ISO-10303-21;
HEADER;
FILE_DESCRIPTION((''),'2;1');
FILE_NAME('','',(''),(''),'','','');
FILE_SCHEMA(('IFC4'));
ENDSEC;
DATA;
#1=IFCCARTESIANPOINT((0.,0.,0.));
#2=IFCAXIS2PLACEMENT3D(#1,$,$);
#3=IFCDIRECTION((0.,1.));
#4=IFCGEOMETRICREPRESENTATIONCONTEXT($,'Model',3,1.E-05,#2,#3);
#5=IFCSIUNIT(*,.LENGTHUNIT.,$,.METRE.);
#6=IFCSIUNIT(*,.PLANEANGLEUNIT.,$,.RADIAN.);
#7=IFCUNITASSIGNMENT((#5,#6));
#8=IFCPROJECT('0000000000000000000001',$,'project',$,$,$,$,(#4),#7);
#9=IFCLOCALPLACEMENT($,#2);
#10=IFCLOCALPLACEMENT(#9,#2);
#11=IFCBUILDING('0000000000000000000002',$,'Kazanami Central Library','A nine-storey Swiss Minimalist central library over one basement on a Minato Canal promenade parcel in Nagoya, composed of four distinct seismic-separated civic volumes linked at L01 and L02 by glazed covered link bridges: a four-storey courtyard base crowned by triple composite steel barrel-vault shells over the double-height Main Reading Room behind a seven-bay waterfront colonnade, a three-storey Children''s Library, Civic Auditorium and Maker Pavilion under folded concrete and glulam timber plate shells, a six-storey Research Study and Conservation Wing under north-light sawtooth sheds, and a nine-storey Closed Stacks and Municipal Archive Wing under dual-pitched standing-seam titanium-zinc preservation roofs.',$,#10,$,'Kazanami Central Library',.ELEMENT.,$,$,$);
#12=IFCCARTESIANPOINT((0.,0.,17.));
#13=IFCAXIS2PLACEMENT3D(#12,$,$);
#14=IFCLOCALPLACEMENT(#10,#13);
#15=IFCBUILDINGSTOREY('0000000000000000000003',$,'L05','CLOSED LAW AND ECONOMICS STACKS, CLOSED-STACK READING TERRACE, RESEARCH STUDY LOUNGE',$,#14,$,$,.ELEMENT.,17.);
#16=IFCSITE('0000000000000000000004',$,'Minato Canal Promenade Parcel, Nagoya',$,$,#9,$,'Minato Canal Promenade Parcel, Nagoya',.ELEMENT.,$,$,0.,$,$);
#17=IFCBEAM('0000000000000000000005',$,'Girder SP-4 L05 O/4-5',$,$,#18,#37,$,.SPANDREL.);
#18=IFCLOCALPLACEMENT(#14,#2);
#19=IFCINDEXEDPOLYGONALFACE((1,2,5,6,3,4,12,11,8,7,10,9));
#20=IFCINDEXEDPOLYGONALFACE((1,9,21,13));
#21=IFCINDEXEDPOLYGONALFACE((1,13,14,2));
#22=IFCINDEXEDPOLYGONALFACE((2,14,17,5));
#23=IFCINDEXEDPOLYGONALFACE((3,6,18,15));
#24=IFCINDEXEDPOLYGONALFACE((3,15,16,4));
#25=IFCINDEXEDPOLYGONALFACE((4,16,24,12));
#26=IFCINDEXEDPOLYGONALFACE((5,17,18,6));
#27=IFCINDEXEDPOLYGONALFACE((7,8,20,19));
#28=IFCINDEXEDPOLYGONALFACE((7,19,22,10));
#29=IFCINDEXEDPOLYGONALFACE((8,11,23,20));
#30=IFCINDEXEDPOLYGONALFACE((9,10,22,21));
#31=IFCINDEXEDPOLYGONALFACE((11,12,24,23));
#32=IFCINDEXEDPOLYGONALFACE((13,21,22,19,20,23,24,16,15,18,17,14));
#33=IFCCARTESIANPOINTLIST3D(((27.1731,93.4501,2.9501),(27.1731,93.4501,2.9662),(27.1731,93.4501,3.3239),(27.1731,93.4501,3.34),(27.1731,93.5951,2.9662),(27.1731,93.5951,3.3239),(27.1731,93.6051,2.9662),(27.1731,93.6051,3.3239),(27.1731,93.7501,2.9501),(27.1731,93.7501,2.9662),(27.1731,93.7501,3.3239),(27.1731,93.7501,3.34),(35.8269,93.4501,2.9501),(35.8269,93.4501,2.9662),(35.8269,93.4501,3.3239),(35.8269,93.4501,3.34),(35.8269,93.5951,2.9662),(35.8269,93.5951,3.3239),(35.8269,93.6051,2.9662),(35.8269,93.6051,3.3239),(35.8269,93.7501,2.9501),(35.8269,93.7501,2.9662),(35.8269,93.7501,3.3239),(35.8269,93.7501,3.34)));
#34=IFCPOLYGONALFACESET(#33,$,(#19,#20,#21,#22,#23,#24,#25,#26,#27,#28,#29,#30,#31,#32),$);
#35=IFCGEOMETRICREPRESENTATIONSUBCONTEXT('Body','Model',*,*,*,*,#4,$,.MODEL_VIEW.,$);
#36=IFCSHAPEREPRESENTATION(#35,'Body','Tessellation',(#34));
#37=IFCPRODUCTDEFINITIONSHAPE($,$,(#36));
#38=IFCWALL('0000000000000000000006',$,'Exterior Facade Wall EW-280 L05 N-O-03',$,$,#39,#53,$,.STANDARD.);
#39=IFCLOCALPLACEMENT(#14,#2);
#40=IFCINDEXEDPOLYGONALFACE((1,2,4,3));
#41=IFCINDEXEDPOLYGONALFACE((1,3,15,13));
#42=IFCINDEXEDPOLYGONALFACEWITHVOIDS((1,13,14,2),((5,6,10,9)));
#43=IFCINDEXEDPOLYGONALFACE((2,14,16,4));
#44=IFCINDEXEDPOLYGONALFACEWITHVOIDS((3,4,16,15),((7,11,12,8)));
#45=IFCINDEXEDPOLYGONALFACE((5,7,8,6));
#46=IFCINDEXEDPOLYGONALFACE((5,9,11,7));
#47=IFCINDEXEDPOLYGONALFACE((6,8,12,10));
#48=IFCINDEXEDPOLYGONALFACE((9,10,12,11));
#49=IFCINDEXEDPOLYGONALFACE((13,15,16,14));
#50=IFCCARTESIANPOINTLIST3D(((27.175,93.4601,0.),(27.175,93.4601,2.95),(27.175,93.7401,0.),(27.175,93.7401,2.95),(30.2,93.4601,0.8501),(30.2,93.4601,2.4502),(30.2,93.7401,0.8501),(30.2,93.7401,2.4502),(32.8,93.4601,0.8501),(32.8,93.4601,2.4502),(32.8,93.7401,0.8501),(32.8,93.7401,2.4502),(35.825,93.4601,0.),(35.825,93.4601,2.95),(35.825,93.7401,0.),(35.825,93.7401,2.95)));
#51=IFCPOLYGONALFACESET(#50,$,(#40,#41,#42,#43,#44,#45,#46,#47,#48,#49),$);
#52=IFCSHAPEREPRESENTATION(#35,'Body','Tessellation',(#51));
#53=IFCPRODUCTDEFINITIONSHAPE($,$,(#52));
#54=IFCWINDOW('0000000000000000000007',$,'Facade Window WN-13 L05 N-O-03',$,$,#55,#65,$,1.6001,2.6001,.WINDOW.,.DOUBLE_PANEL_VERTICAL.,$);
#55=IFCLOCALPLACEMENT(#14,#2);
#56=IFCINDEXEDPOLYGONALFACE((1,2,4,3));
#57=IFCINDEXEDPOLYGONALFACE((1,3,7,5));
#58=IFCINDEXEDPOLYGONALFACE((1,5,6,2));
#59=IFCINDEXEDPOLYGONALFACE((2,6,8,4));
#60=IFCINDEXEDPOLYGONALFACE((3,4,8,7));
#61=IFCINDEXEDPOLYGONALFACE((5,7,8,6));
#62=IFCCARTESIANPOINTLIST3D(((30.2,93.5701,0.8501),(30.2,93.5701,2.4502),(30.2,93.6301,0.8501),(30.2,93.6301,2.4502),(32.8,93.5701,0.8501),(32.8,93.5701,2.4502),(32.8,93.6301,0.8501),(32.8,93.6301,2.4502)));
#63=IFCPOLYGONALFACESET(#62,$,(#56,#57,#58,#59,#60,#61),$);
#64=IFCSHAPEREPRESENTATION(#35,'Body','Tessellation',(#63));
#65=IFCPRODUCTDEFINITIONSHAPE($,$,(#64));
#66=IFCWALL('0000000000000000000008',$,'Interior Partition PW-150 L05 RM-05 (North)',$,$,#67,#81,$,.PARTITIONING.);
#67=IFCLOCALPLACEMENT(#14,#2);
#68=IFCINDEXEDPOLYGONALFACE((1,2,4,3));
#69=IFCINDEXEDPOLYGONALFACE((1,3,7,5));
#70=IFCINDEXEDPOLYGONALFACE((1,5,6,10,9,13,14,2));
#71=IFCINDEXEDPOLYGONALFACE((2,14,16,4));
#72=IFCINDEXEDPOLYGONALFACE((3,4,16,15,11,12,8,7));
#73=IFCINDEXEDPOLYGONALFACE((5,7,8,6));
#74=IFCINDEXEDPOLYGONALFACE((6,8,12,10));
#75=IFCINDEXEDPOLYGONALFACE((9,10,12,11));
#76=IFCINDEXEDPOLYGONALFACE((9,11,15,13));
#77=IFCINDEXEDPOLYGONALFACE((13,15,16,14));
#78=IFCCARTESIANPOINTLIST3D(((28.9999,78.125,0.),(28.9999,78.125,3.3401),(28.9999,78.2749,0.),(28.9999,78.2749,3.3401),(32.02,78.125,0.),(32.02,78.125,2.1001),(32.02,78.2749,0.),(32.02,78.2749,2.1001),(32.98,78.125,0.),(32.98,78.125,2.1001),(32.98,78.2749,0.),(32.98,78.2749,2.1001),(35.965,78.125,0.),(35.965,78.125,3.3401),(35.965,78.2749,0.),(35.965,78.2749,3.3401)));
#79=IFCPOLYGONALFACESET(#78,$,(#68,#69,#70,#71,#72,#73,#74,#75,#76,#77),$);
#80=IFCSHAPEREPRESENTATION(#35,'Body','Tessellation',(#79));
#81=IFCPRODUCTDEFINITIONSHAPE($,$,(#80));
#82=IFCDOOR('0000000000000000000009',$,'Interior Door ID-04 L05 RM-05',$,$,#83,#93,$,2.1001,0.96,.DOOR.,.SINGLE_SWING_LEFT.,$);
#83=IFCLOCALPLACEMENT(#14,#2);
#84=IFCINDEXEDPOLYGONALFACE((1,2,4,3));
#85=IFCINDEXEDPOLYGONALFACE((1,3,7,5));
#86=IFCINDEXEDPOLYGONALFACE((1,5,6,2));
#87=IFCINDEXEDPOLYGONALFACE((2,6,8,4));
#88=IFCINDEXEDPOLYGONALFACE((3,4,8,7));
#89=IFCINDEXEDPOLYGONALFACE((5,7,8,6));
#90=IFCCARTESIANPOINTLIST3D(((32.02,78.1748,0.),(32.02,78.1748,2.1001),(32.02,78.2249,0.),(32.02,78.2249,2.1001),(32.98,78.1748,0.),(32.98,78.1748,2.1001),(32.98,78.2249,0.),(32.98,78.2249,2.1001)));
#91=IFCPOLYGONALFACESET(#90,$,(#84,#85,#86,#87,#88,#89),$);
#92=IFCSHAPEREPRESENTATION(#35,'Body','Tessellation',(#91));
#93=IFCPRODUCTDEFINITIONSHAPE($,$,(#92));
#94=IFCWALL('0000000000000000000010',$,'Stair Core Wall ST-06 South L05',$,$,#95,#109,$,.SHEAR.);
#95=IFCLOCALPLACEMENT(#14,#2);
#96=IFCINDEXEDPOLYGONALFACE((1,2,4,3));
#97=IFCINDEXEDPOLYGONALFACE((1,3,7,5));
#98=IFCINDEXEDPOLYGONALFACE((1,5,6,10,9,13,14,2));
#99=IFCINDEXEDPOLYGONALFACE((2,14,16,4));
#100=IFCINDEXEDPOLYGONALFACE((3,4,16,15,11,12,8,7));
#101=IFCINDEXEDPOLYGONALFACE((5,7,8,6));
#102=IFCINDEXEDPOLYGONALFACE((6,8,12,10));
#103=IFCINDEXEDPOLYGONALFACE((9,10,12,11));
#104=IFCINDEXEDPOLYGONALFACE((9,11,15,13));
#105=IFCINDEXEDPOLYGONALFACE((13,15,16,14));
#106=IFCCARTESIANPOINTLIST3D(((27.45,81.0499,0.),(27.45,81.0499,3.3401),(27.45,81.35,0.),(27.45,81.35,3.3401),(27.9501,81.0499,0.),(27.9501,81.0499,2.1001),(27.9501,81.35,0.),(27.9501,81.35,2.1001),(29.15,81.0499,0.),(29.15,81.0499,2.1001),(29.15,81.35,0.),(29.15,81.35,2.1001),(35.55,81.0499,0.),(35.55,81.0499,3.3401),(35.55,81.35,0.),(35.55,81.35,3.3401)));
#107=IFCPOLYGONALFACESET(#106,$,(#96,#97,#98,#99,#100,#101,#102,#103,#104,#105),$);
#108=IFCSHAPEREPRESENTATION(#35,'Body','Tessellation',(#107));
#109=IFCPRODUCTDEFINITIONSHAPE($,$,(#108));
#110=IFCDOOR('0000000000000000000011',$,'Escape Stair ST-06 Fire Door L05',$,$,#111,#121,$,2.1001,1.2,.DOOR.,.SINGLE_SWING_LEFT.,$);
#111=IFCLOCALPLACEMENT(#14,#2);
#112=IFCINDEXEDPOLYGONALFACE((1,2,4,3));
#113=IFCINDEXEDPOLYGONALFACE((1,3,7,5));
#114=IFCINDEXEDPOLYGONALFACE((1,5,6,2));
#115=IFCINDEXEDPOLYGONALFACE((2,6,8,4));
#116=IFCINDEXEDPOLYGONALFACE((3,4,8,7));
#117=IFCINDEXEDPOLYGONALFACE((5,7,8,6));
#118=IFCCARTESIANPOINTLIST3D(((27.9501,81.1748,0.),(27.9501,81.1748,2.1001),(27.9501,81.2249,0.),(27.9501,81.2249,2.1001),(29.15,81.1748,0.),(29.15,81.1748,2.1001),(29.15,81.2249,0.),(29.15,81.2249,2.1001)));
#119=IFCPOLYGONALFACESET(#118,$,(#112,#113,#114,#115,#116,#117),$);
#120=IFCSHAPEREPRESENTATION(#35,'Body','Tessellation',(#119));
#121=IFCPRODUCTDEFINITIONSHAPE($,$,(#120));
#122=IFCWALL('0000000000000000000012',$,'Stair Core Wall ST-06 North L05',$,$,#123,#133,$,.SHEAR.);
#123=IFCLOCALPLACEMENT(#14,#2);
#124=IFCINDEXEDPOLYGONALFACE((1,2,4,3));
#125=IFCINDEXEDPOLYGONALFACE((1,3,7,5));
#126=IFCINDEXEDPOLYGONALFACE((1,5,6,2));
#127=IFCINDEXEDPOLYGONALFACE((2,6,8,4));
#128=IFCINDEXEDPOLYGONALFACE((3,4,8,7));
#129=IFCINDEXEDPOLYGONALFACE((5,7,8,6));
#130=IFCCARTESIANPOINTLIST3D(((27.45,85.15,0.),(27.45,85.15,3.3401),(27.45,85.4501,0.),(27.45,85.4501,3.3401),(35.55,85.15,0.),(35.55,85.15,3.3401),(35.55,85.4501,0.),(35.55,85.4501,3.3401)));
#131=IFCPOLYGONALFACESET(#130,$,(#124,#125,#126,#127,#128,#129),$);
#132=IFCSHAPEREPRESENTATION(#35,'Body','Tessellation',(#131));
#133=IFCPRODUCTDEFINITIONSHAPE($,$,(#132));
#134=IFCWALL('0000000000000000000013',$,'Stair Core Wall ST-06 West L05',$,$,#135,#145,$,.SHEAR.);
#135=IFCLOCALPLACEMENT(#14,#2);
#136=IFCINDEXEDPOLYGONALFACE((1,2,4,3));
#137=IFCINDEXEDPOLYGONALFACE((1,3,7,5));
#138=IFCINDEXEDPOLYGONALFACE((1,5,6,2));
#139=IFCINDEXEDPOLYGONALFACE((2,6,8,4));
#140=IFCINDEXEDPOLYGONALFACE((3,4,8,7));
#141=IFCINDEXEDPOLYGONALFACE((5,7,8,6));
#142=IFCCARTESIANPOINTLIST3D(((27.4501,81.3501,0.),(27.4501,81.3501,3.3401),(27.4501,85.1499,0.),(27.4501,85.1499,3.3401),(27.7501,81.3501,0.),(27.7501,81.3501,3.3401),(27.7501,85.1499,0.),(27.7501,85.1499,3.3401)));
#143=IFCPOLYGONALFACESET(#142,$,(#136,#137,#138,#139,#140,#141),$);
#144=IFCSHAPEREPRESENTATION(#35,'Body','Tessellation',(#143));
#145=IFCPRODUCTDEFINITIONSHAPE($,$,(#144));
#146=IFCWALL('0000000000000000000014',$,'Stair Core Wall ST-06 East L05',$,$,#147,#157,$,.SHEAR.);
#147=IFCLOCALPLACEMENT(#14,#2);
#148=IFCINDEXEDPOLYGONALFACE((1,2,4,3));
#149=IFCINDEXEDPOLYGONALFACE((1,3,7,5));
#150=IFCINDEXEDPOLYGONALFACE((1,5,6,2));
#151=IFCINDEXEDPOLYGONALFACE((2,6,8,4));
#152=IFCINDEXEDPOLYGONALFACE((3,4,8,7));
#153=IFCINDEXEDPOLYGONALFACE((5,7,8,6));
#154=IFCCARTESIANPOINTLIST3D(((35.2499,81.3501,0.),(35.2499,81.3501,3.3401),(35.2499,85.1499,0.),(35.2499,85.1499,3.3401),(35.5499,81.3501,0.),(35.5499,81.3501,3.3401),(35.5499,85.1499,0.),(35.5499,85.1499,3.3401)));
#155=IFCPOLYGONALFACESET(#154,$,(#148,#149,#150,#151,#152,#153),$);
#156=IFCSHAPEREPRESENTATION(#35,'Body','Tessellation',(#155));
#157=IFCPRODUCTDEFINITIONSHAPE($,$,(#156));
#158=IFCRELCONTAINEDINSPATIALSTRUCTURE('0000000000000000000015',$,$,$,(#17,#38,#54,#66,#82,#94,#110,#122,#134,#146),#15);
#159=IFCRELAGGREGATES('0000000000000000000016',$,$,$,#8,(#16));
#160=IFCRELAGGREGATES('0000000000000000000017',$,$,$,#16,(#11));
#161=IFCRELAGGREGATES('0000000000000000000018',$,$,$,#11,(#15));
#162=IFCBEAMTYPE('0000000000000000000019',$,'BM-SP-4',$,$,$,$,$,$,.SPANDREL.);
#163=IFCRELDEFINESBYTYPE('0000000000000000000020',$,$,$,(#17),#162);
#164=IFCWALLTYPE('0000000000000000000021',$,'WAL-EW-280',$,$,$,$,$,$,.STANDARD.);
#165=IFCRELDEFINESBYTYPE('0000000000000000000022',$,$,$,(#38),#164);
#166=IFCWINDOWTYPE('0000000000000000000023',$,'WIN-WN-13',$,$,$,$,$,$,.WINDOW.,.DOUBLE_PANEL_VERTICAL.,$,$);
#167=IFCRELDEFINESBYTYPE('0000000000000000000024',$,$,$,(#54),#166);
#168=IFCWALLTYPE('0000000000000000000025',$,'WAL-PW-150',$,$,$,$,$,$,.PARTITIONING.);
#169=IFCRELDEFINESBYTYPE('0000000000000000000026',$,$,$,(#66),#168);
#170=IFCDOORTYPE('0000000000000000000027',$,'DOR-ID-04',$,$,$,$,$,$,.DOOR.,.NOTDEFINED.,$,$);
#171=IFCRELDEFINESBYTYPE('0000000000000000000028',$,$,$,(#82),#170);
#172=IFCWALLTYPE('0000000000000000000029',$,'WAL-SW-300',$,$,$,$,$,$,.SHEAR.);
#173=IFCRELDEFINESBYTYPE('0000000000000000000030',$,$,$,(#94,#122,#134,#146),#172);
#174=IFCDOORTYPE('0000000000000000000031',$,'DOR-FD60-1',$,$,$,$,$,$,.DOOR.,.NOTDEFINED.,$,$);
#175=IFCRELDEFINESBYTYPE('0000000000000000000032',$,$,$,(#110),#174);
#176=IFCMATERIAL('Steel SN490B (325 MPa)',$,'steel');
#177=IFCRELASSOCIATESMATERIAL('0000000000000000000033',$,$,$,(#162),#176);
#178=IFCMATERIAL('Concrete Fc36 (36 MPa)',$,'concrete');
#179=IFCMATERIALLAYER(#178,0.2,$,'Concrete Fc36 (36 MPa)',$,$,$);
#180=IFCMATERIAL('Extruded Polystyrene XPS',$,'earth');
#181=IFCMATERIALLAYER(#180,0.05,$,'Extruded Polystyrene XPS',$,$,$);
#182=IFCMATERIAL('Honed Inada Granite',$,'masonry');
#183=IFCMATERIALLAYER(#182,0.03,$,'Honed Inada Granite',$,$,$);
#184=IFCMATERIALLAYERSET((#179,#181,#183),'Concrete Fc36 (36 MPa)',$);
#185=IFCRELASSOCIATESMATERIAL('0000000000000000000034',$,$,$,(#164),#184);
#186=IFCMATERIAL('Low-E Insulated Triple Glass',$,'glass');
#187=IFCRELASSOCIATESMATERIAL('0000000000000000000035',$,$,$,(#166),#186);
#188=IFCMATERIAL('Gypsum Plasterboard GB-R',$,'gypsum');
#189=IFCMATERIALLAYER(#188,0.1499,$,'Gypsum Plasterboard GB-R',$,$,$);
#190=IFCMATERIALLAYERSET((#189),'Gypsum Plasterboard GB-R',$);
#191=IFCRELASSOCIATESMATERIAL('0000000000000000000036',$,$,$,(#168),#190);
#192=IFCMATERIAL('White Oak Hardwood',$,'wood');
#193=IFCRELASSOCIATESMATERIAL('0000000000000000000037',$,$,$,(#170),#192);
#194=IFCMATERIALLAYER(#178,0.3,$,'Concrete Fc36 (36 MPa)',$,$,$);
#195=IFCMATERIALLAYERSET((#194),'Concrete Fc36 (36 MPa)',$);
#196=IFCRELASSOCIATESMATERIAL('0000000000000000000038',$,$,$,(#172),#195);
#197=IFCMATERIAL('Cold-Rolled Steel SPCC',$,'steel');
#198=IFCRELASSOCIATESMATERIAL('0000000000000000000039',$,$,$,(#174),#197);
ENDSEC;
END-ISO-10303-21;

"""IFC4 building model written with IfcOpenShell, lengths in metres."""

from ifc_helpers import new_model, si_unit, direction, frame, frame_2d, origin, origin_2d, place, context, subcontext, project, spatial, rectangle, i_section, extrude, material, layer, layer_set, material_profile, profile_set, type_object, element, fill, save


model = new_model("IFC4")

# Units and contexts
model_context = context("Model", 3, precision=1e-05, world=origin(), true_north=direction((0.0, 1.0)))
body_context = subcontext(model_context, "Body", "Model", "MODEL_VIEW")
ifc_project = project(units=[si_unit("LENGTHUNIT", "METRE"), si_unit("PLANEANGLEUNIT", "RADIAN")], contexts=[model_context])

# Site, building, storey
site_placement = place(None, origin())
site = spatial("IfcSite", under=ifc_project, at=site_placement, Name="Minato Canal Promenade Parcel, Nagoya", LongName="Minato Canal Promenade Parcel, Nagoya", CompositionType="ELEMENT", RefElevation=0.0)
building_placement = place(site_placement, origin())
building = spatial("IfcBuilding", under=site, at=building_placement, Name="Kazanami Central Library", Description="A nine-storey Swiss Minimalist central library over one basement on a Minato Canal promenade parcel in Nagoya, composed of four distinct seismic-separated civic volumes linked at L01 and L02 by glazed covered link bridges: a four-storey courtyard base crowned by triple composite steel barrel-vault shells over the double-height Main Reading Room behind a seven-bay waterfront colonnade, a three-storey Children's Library, Civic Auditorium and Maker Pavilion under folded concrete and glulam timber plate shells, a six-storey Research Study and Conservation Wing under north-light sawtooth sheds, and a nine-storey Closed Stacks and Municipal Archive Wing under dual-pitched standing-seam titanium-zinc preservation roofs.", LongName="Kazanami Central Library", CompositionType="ELEMENT")
storey_placement = place(building_placement, frame((0.0, 0.0, 17.0)))
storey = spatial("IfcBuildingStorey", under=building, at=storey_placement, Name="L05", Description="CLOSED LAW AND ECONOMICS STACKS, CLOSED-STACK READING TERRACE, RESEARCH STUDY LOUNGE", CompositionType="ELEMENT", Elevation=17.0)

# Beam
ifc_material_1 = material(Name="Steel SN490B (325 MPa)", Category="steel")
ifc_material_profile_1 = material_profile(ifc_material_1, i_section(OverallWidth=0.3, OverallDepth=0.3899, WebThickness=0.01, FlangeThickness=0.0161, at=origin_2d()), Name="H-390x300x10x16")
ifc_profile_set_1 = profile_set([ifc_material_profile_1], Name="Steel SN490B (325 MPa)")
beam_type_1 = type_object("IfcBeamType", Name="BM-SP-4", PredefinedType="SPANDREL", material=ifc_profile_set_1)
beam_1_placement = place(storey_placement, frame((27.1731, 93.6001, 3.145), z_axis=(1.0, 0.0, 0.0), x_axis=(0.0, 1.0, 0.0)))
element("IfcBeam", 1, at=beam_1_placement, inside=storey, type_object=beam_type_1, Name="Girder SP-4 L05 O/4-5", PredefinedType="SPANDREL", context=body_context, shape_type="SweptSolid", body=[
    extrude(i_section(OverallWidth=0.3, OverallDepth=0.3899, WebThickness=0.01, FlangeThickness=0.0161, at=origin_2d()), origin(), (0.0, 0.0, 1.0), 8.6538),
])

# Wall, opening, window
ifc_material_2 = material(Name="Concrete Fc36 (36 MPa)", Category="concrete")
ifc_layer_1 = layer(ifc_material_2, 0.2, Name="Concrete Fc36 (36 MPa)")
ifc_material_3 = material(Name="Extruded Polystyrene XPS", Category="earth")
ifc_layer_2 = layer(ifc_material_3, 0.05, Name="Extruded Polystyrene XPS")
ifc_material_4 = material(Name="Honed Inada Granite", Category="masonry")
ifc_layer_3 = layer(ifc_material_4, 0.03, Name="Honed Inada Granite")
ifc_layer_set_1 = layer_set([ifc_layer_1, ifc_layer_2, ifc_layer_3], Name="Concrete Fc36 (36 MPa)")
wall_type_1 = type_object("IfcWallType", Name="WAL-EW-280", PredefinedType="STANDARD", material=ifc_layer_set_1)
wall_1_placement = place(storey_placement, frame((35.825, 93.6001, 0.0), z_axis=(0.0, 0.0, 1.0), x_axis=(-1.0, 0.0, 0.0)))
wall_1 = element("IfcWall", 2, at=wall_1_placement, inside=storey, type_object=wall_type_1, Name="Exterior Facade Wall EW-280 L05 N-O-03", PredefinedType="STANDARD", context=body_context, shape_type="SweptSolid", body=[
    extrude(rectangle(XDim=8.6499, YDim=0.28, at=frame_2d((4.325, 0.0))), origin(), (0.0, 0.0, 1.0), 2.95),
])
opening_1_placement = place(wall_1_placement, frame((3.0249, 0.0, 0.8501)))
opening_1 = element("IfcOpeningElement", 3, at=opening_1_placement, cuts=wall_1, PredefinedType="OPENING", context=body_context, shape_type="SweptSolid", body=[
    extrude(rectangle(XDim=2.6001, YDim=1.6001, at=frame_2d((1.3, 0.8))), frame((0.0, 0.1519, 0.0), z_axis=(0.0, -1.0, 0.0), x_axis=(1.0, 0.0, 0.0)), (0.0, 0.0, 1.0), 0.304),
])
ifc_material_5 = material(Name="Low-E Insulated Triple Glass", Category="glass")
window_type = type_object("IfcWindowType", Name="WIN-WN-13", PartitioningType="DOUBLE_PANEL_VERTICAL", PredefinedType="WINDOW", material=ifc_material_5)
window_placement = place(opening_1_placement, origin())
window = element("IfcWindow", 4, at=window_placement, inside=storey, type_object=window_type, Name="Facade Window WN-13 L05 N-O-03", OverallHeight=1.6001, OverallWidth=2.6001, PartitioningType="DOUBLE_PANEL_VERTICAL", PredefinedType="WINDOW", context=body_context, shape_type="SweptSolid", body=[
    extrude(rectangle(XDim=2.6001, YDim=1.6001, at=frame_2d((1.3, 0.8))), frame((0.0, 0.03, 0.0), z_axis=(0.0, -1.0, 0.0), x_axis=(1.0, 0.0, 0.0)), (0.0, 0.0, 1.0), 0.0601),
])
fill(opening_1, window)

# Walls, openings, doors
ifc_material_6 = material(Name="Gypsum Plasterboard GB-R", Category="gypsum")
ifc_layer_4 = layer(ifc_material_6, 0.1499, Name="Gypsum Plasterboard GB-R")
ifc_layer_set_2 = layer_set([ifc_layer_4], Name="Gypsum Plasterboard GB-R")
wall_type_2 = type_object("IfcWallType", Name="WAL-PW-150", PredefinedType="PARTITIONING", material=ifc_layer_set_2)
wall_2_placement = place(storey_placement, frame((29.0, 78.2, 0.0), z_axis=(0.0, 0.0, 1.0), x_axis=(1.0, 0.0, 0.0)))
wall_2 = element("IfcWall", 5, at=wall_2_placement, inside=storey, type_object=wall_type_2, Name="Interior Partition PW-150 L05 RM-05 (North)", PredefinedType="PARTITIONING", context=body_context, shape_type="SweptSolid", body=[
    extrude(rectangle(XDim=6.9651, YDim=0.1499, at=frame_2d((3.4824, 0.0))), origin(), (0.0, 0.0, 1.0), 3.3401),
])
opening_2_placement = place(wall_2_placement, frame((3.02, 0.0, 0.0)))
opening_2 = element("IfcOpeningElement", 6, at=opening_2_placement, cuts=wall_2, PredefinedType="OPENING", context=body_context, shape_type="SweptSolid", body=[
    extrude(rectangle(XDim=0.96, YDim=2.1001, at=frame_2d((0.48, 1.05))), frame((0.0, 0.0869, 0.0), z_axis=(0.0, -1.0, 0.0), x_axis=(1.0, 0.0, 0.0)), (0.0, 0.0, 1.0), 0.1738),
])
ifc_material_7 = material(Name="White Oak Hardwood", Category="wood")
door_type_1 = type_object("IfcDoorType", Name="DOR-ID-04", OperationType="NOTDEFINED", PredefinedType="DOOR", material=ifc_material_7)
door_1_placement = place(opening_2_placement, origin())
door_1 = element("IfcDoor", 7, at=door_1_placement, inside=storey, type_object=door_type_1, Name="Interior Door ID-04 L05 RM-05", OperationType="SINGLE_SWING_LEFT", OverallHeight=2.1001, OverallWidth=0.96, PredefinedType="DOOR", context=body_context, shape_type="SweptSolid", body=[
    extrude(rectangle(XDim=0.96, YDim=2.1001, at=frame_2d((0.48, 1.05))), frame((0.0, 0.0249, 0.0), z_axis=(0.0, -1.0, 0.0), x_axis=(1.0, 0.0, 0.0)), (0.0, 0.0, 1.0), 0.05),
])
fill(opening_2, door_1)
ifc_layer_5 = layer(ifc_material_2, 0.3, Name="Concrete Fc36 (36 MPa)")
ifc_layer_set_3 = layer_set([ifc_layer_5], Name="Concrete Fc36 (36 MPa)")
wall_type_3 = type_object("IfcWallType", Name="WAL-SW-300", PredefinedType="SHEAR", material=ifc_layer_set_3)
wall_3_placement = place(storey_placement, frame((27.45, 81.2, 0.0), z_axis=(0.0, 0.0, 1.0), x_axis=(1.0, 0.0, 0.0)))
wall_3 = element("IfcWall", 8, at=wall_3_placement, inside=storey, type_object=wall_type_3, Name="Stair Core Wall ST-06 South L05", PredefinedType="SHEAR", context=body_context, shape_type="SweptSolid", body=[
    extrude(rectangle(XDim=8.1001, YDim=0.3, at=frame_2d((4.05, 0.0))), origin(), (0.0, 0.0, 1.0), 3.3401),
])
opening_3_placement = place(wall_3_placement, frame((0.5, 0.0, 0.0)))
opening_3 = element("IfcOpeningElement", 9, at=opening_3_placement, cuts=wall_3, PredefinedType="OPENING", context=body_context, shape_type="SweptSolid", body=[
    extrude(rectangle(XDim=1.2, YDim=2.1001, at=frame_2d((0.6001, 1.05))), frame((0.0, 0.1621, 0.0), z_axis=(0.0, -1.0, 0.0), x_axis=(1.0, 0.0, 0.0)), (0.0, 0.0, 1.0), 0.324),
])
ifc_material_8 = material(Name="Cold-Rolled Steel SPCC", Category="steel")
door_type_2 = type_object("IfcDoorType", Name="DOR-FD60-1", OperationType="NOTDEFINED", PredefinedType="DOOR", material=ifc_material_8)
door_2_placement = place(opening_3_placement, origin())
door_2 = element("IfcDoor", 10, at=door_2_placement, inside=storey, type_object=door_type_2, Name="Escape Stair ST-06 Fire Door L05", OperationType="SINGLE_SWING_LEFT", OverallHeight=2.1001, OverallWidth=1.2, PredefinedType="DOOR", context=body_context, shape_type="SweptSolid", body=[
    extrude(rectangle(XDim=1.2, YDim=2.1001, at=frame_2d((0.6001, 1.05))), frame((0.0, 0.0249, 0.0), z_axis=(0.0, -1.0, 0.0), x_axis=(1.0, 0.0, 0.0)), (0.0, 0.0, 1.0), 0.05),
])
fill(opening_3, door_2)

# Walls
wall_4_placement = place(storey_placement, frame((27.45, 85.3, 0.0), z_axis=(0.0, 0.0, 1.0), x_axis=(1.0, 0.0, 0.0)))
element("IfcWall", 11, at=wall_4_placement, inside=storey, type_object=wall_type_3, Name="Stair Core Wall ST-06 North L05", PredefinedType="SHEAR", context=body_context, shape_type="SweptSolid", body=[
    extrude(rectangle(XDim=8.1001, YDim=0.3, at=frame_2d((4.05, 0.0))), origin(), (0.0, 0.0, 1.0), 3.3401),
])
for number, where, z_axis, x_axis, name in (
    (12, (27.6001, 81.3501, 0.0), (0.0, 0.0, 1.0), (0.0, 1.0, 0.0), "Stair Core Wall ST-06 West L05"),
    (13, (35.3999, 81.3501, 0.0), (0.0, 0.0, 1.0), (0.0, 1.0, 0.0), "Stair Core Wall ST-06 East L05"),
):
    element("IfcWall", number, at=place(storey_placement, frame(where, z_axis=z_axis, x_axis=x_axis)), inside=storey, type_object=wall_type_3, Name=name, PredefinedType="SHEAR", context=body_context, shape_type="SweptSolid", body=[
        extrude(rectangle(XDim=3.7998, YDim=0.3, at=frame_2d((1.8999, 0.0))), origin(), (0.0, 0.0, 1.0), 3.3401),
    ])

save(model, "model.ifc")
